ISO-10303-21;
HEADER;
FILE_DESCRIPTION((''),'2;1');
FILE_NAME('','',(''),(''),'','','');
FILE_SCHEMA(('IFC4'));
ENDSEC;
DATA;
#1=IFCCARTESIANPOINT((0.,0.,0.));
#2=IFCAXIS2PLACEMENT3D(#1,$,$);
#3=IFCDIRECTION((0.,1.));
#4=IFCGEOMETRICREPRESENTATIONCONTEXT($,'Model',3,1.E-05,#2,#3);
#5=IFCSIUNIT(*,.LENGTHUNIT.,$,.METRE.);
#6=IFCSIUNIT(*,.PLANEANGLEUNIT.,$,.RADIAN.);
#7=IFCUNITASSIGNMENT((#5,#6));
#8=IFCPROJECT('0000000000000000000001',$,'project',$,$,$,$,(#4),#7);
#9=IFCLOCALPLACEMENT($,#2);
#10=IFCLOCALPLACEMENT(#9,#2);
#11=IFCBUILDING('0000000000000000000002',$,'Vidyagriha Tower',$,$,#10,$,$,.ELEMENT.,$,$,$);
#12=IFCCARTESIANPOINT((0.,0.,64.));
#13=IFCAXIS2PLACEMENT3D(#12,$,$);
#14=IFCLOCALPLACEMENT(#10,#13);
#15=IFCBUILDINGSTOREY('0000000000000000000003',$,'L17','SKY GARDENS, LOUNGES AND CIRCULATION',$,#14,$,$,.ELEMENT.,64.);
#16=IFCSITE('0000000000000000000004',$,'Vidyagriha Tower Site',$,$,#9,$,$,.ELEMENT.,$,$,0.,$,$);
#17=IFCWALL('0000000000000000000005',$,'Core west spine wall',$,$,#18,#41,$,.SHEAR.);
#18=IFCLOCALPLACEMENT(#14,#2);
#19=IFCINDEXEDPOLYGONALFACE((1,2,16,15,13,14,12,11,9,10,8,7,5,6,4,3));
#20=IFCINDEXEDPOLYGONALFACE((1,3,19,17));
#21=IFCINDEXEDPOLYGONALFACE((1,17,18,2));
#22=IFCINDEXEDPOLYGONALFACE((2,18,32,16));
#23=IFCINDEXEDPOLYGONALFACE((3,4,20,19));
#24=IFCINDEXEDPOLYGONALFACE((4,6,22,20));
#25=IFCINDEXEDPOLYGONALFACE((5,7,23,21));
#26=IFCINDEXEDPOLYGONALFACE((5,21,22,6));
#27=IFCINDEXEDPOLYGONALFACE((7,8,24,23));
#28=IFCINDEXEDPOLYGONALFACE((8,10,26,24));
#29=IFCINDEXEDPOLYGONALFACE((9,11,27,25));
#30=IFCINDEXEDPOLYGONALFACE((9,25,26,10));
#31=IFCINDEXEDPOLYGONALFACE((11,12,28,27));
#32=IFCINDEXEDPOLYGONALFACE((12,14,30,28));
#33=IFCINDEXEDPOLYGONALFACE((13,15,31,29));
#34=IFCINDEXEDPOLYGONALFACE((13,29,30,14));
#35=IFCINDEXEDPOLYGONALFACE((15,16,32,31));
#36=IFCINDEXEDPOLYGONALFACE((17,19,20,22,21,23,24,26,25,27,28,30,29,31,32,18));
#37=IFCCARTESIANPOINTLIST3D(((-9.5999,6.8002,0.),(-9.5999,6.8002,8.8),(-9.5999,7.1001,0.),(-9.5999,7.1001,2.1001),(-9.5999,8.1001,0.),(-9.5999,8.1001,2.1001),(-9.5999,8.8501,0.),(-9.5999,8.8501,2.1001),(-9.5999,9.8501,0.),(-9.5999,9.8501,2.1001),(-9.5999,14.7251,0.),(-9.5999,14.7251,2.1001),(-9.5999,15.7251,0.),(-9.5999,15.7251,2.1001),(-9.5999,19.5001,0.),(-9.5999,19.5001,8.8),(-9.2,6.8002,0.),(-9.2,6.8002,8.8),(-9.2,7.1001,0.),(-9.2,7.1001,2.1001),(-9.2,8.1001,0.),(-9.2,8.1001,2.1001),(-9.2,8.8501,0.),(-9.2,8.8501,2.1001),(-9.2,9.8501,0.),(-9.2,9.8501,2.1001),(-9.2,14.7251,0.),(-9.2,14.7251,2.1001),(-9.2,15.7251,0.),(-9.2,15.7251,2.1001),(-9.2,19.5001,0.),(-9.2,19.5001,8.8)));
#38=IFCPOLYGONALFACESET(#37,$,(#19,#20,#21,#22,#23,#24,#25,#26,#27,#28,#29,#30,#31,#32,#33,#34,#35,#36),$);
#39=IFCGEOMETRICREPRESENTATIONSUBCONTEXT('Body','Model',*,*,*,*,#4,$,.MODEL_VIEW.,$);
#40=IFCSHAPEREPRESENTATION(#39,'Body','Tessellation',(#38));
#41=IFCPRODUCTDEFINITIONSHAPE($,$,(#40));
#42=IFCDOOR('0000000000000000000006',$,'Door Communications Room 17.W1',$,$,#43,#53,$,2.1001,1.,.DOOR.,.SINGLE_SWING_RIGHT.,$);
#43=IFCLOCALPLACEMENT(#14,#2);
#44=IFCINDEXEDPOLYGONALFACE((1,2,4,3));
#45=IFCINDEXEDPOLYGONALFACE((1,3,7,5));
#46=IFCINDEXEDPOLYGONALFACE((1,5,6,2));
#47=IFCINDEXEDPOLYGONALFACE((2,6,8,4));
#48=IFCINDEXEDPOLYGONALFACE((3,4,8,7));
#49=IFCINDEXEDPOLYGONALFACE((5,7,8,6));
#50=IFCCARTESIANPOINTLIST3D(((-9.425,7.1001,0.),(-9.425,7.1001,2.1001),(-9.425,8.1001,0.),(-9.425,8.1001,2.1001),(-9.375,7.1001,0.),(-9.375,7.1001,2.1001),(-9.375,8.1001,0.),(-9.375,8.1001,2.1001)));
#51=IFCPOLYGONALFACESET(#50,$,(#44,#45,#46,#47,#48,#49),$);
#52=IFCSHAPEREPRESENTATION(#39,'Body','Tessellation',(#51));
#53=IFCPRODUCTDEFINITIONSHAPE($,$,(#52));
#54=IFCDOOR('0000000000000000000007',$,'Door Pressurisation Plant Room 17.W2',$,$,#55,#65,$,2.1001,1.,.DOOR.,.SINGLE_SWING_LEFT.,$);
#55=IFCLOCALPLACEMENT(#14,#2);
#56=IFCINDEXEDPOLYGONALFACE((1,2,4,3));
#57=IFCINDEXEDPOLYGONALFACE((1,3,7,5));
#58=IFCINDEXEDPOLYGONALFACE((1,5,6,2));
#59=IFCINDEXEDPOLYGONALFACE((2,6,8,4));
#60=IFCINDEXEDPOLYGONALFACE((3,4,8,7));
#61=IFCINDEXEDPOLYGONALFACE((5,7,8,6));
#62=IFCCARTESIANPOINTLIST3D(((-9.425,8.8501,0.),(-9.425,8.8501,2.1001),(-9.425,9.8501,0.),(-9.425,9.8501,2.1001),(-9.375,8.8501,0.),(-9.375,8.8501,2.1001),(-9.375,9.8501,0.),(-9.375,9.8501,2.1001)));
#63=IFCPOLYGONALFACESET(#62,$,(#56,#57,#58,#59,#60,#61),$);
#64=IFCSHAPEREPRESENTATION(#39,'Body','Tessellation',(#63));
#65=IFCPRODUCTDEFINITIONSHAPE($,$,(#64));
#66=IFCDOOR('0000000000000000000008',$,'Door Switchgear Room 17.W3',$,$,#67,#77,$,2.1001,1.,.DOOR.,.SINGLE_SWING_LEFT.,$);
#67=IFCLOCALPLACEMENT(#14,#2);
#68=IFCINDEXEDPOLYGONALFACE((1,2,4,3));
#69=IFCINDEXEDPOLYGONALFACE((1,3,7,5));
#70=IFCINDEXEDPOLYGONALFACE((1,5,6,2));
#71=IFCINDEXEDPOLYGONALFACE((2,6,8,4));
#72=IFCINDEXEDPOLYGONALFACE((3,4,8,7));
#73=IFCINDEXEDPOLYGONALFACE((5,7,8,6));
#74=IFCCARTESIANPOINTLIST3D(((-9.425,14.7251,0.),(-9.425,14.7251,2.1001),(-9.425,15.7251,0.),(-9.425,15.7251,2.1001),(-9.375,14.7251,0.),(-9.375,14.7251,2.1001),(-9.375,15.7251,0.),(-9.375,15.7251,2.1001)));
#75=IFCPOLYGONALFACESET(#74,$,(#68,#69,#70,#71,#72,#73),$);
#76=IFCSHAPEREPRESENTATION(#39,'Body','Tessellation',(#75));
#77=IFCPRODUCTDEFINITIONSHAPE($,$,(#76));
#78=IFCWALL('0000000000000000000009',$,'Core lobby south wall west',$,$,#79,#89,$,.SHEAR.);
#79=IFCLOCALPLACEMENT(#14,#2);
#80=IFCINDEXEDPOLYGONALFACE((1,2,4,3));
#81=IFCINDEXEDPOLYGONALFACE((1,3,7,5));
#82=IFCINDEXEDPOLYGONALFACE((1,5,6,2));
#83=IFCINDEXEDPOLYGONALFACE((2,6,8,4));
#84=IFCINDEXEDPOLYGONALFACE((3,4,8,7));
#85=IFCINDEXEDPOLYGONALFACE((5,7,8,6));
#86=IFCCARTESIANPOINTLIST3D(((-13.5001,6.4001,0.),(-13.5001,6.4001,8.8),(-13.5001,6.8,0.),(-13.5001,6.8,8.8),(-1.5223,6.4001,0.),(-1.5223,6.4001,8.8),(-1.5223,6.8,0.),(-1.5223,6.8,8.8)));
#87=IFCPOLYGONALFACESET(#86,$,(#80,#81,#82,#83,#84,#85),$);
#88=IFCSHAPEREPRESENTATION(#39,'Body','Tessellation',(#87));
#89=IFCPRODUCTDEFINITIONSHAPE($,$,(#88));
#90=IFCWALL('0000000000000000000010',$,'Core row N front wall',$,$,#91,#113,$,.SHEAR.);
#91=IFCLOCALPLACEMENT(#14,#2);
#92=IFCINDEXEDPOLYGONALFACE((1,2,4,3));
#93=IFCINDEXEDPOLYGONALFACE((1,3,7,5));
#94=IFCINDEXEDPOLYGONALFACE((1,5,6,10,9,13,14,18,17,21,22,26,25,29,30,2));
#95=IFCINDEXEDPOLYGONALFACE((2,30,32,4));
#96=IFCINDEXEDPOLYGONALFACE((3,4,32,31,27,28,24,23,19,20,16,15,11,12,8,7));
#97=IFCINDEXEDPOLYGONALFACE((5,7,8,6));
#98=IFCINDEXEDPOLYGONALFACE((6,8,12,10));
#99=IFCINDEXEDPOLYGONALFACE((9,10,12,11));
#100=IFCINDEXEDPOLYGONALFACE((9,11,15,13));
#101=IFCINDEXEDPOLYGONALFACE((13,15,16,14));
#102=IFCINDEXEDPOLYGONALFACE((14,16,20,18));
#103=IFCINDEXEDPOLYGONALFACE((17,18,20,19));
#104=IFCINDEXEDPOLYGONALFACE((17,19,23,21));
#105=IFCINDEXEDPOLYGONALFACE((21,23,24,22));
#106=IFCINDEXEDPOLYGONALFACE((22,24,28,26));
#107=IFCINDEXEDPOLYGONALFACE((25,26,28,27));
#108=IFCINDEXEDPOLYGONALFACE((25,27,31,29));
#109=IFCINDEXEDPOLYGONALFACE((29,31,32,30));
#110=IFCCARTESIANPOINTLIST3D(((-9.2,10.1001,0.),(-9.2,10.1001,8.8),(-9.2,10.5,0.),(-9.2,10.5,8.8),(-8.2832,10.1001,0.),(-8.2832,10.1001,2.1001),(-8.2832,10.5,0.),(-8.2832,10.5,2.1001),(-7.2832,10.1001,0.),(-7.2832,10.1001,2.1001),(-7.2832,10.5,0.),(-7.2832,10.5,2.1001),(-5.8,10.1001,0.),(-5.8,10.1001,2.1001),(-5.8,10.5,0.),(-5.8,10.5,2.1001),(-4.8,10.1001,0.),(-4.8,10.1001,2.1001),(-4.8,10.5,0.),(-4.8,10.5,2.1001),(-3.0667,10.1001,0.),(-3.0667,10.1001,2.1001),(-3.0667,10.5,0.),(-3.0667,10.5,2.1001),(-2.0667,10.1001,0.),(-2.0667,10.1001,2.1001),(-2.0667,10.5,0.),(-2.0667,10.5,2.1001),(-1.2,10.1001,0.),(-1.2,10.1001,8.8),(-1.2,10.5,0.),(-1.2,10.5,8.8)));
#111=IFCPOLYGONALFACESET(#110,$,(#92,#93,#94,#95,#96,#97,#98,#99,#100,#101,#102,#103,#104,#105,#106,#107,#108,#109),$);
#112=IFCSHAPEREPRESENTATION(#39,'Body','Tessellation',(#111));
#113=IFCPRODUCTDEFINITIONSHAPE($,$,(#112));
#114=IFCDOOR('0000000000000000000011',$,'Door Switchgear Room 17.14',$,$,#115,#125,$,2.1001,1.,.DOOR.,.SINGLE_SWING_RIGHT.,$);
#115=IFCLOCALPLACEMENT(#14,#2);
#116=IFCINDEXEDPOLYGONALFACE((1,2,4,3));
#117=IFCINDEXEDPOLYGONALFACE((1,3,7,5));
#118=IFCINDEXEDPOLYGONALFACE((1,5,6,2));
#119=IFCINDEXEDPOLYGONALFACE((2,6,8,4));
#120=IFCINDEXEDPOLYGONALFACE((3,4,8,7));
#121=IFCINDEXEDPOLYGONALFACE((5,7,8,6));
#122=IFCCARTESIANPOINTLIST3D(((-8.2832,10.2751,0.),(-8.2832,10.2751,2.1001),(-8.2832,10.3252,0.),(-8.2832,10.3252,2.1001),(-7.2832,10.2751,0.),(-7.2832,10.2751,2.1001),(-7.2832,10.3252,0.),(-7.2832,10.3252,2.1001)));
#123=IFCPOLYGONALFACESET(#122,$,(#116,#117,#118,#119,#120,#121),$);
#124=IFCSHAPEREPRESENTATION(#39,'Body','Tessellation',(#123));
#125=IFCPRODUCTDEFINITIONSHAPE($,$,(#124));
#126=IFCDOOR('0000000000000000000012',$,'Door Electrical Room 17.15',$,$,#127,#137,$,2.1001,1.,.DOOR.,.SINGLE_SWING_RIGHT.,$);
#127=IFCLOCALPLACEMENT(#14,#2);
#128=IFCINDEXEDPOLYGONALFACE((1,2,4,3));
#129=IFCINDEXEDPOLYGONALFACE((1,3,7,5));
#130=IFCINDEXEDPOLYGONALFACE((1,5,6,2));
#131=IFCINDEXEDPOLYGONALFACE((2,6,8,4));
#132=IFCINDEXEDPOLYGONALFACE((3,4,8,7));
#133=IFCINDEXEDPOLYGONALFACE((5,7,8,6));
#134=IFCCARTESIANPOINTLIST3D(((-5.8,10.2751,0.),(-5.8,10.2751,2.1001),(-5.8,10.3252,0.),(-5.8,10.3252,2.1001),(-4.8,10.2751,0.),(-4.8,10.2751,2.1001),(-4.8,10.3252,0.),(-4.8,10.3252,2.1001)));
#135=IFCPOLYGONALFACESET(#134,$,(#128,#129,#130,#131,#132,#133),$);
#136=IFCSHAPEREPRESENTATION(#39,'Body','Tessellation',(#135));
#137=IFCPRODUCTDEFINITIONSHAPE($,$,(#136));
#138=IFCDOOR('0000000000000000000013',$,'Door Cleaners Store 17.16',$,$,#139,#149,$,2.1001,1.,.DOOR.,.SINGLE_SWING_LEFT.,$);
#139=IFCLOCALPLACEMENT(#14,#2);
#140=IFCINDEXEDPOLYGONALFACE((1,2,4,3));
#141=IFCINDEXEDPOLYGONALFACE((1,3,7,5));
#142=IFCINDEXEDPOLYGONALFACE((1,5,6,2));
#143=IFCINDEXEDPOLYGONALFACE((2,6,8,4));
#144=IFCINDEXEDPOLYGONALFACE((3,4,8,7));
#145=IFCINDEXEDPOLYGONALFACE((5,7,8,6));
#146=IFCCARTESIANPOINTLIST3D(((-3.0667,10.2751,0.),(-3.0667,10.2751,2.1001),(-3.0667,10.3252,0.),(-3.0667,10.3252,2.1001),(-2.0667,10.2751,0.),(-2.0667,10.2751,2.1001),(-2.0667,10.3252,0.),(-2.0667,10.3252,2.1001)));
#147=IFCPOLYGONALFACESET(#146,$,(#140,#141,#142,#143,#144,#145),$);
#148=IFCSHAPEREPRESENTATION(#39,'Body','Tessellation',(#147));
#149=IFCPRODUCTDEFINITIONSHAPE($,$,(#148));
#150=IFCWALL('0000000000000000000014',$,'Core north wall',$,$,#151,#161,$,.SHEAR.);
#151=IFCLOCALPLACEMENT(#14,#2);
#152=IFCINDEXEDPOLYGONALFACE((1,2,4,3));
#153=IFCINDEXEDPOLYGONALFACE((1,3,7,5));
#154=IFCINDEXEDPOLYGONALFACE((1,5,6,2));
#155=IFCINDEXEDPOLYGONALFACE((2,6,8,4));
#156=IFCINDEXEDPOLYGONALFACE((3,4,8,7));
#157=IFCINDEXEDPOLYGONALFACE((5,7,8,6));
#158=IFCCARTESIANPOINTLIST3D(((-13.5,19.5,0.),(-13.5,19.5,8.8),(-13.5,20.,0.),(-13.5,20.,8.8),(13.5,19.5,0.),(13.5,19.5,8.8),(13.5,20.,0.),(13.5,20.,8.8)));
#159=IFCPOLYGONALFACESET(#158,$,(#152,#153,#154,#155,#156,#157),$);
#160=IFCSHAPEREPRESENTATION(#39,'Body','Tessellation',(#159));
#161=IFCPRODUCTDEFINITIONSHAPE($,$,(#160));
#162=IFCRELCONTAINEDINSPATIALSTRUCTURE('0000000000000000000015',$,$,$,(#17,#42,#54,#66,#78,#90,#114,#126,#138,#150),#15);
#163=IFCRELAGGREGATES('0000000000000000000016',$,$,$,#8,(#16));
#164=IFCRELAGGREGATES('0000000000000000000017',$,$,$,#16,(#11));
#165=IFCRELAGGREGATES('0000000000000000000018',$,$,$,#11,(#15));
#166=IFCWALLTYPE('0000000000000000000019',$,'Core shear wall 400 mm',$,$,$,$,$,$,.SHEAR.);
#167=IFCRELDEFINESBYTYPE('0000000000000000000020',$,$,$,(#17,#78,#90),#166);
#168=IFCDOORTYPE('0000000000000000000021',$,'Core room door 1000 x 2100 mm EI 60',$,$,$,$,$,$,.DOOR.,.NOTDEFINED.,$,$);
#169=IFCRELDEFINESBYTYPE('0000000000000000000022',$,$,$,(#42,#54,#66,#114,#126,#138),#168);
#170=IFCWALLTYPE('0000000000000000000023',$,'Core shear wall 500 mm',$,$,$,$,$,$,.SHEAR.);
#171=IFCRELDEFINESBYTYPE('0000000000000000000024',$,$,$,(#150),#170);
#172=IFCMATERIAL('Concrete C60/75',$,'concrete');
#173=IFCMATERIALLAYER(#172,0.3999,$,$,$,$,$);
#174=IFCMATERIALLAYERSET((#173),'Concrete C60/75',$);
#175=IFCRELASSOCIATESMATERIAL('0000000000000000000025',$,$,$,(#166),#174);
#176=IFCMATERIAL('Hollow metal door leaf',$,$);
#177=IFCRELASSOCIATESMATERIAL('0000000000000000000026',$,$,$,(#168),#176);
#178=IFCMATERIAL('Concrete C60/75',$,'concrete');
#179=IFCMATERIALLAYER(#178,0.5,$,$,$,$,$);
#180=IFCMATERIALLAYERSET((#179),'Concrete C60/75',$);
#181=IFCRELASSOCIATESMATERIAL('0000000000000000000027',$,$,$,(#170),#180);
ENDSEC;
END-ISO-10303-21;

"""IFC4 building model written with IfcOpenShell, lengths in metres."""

from ifc_helpers import new_model, si_unit, direction, frame, frame_2d, origin, place, context, subcontext, project, spatial, rectangle, extrude, material, layer, layer_set, type_object, element, fill, save


model = new_model("IFC4")

# Units and contexts
model_context = context("Model", 3, precision=1e-05, world=origin(), true_north=direction((0.0, 1.0)))
body_context = subcontext(model_context, "Body", "Model", "MODEL_VIEW")
ifc_project = project(units=[si_unit("LENGTHUNIT", "METRE"), si_unit("PLANEANGLEUNIT", "RADIAN")], contexts=[model_context])

# Site, building, storey
site_placement = place(None, origin())
site = spatial("IfcSite", under=ifc_project, at=site_placement, Name="Vidyagriha Tower Site", CompositionType="ELEMENT", RefElevation=0.0)
building_placement = place(site_placement, origin())
building = spatial("IfcBuilding", under=site, at=building_placement, Name="Vidyagriha Tower", CompositionType="ELEMENT")
storey_placement = place(building_placement, frame((0.0, 0.0, 64.0)))
storey = spatial("IfcBuildingStorey", under=building, at=storey_placement, Name="L17", Description="SKY GARDENS, LOUNGES AND CIRCULATION", CompositionType="ELEMENT", Elevation=64.0)

# Wall, openings, doors
ifc_material_1 = material(Name="Concrete C60/75", Category="concrete")
ifc_layer_1 = layer(ifc_material_1, 0.3999)
ifc_layer_set_1 = layer_set([ifc_layer_1], Name="Concrete C60/75")
wall_type_1 = type_object("IfcWallType", Name="Core shear wall 400 mm", PredefinedType="SHEAR", material=ifc_layer_set_1)
wall_1_placement = place(storey_placement, frame((-9.3999, 6.8, 0.0), z_axis=(0.0, 0.0, 1.0), x_axis=(0.0, 1.0, 0.0)))
wall_1 = element("IfcWall", 1, at=wall_1_placement, inside=storey, type_object=wall_type_1, Name="Core west spine wall", PredefinedType="SHEAR", context=body_context, shape_type="SweptSolid", body=[
    extrude(rectangle(XDim=12.7, YDim=0.3999, at=frame_2d((6.3501, 0.0))), origin(), (0.0, 0.0, 1.0), 8.8),
])
opening_1_placement = place(wall_1_placement, frame((0.3, 0.0, 0.0)))
opening_1 = element("IfcOpeningElement", 2, at=opening_1_placement, cuts=wall_1, PredefinedType="OPENING", context=body_context, shape_type="SweptSolid", body=[
    extrude(rectangle(XDim=1.0, YDim=2.1001, at=frame_2d((0.5, 1.05))), frame((0.0, 0.21, 0.0), z_axis=(0.0, -1.0, 0.0), x_axis=(1.0, 0.0, 0.0)), (0.0, 0.0, 1.0), 0.4199),
])
opening_2_placement = place(wall_1_placement, frame((2.05, 0.0, 0.0)))
opening_2 = element("IfcOpeningElement", 3, at=opening_2_placement, cuts=wall_1, PredefinedType="OPENING", context=body_context, shape_type="SweptSolid", body=[
    extrude(rectangle(XDim=1.0, YDim=2.1001, at=frame_2d((0.5, 1.05))), frame((0.0, 0.21, 0.0), z_axis=(0.0, -1.0, 0.0), x_axis=(1.0, 0.0, 0.0)), (0.0, 0.0, 1.0), 0.4199),
])
opening_3_placement = place(wall_1_placement, frame((7.925, 0.0, 0.0)))
opening_3 = element("IfcOpeningElement", 4, at=opening_3_placement, cuts=wall_1, PredefinedType="OPENING", context=body_context, shape_type="SweptSolid", body=[
    extrude(rectangle(XDim=1.0, YDim=2.1001, at=frame_2d((0.5, 1.05))), frame((0.0, 0.21, 0.0), z_axis=(0.0, -1.0, 0.0), x_axis=(1.0, 0.0, 0.0)), (0.0, 0.0, 1.0), 0.4199),
])
ifc_material_2 = material(Name="Hollow metal door leaf")
door_type = type_object("IfcDoorType", Name="Core room door 1000 x 2100 mm EI 60", OperationType="NOTDEFINED", PredefinedType="DOOR", material=ifc_material_2)
door_1_placement = place(opening_1_placement, frame((1.0, 0.0, 0.0), z_axis=(0.0, 0.0, 1.0), x_axis=(-1.0, 0.0, 0.0)))
door_1 = element("IfcDoor", 5, at=door_1_placement, inside=storey, type_object=door_type, Name="Door Communications Room 17.W1", OperationType="SINGLE_SWING_RIGHT", OverallHeight=2.1001, OverallWidth=1.0, PredefinedType="DOOR", context=body_context, shape_type="SweptSolid", body=[
    extrude(rectangle(XDim=1.0, YDim=2.1001, at=frame_2d((0.5, 1.05))), frame((0.0, 0.0249, 0.0), z_axis=(0.0, -1.0, 0.0), x_axis=(1.0, 0.0, 0.0)), (0.0, 0.0, 1.0), 0.05),
])
fill(opening_1, door_1)
door_2_placement = place(opening_2_placement, frame((1.0, 0.0, 0.0), z_axis=(0.0, 0.0, 1.0), x_axis=(-1.0, 0.0, 0.0)))
door_2 = element("IfcDoor", 6, at=door_2_placement, inside=storey, type_object=door_type, Name="Door Pressurisation Plant Room 17.W2", OperationType="SINGLE_SWING_LEFT", OverallHeight=2.1001, OverallWidth=1.0, PredefinedType="DOOR", context=body_context, shape_type="SweptSolid", body=[
    extrude(rectangle(XDim=1.0, YDim=2.1001, at=frame_2d((0.5, 1.05))), frame((0.0, 0.0249, 0.0), z_axis=(0.0, -1.0, 0.0), x_axis=(1.0, 0.0, 0.0)), (0.0, 0.0, 1.0), 0.05),
])
fill(opening_2, door_2)
door_3_placement = place(opening_3_placement, frame((1.0, 0.0, 0.0), z_axis=(0.0, 0.0, 1.0), x_axis=(-1.0, 0.0, 0.0)))
door_3 = element("IfcDoor", 7, at=door_3_placement, inside=storey, type_object=door_type, Name="Door Switchgear Room 17.W3", OperationType="SINGLE_SWING_LEFT", OverallHeight=2.1001, OverallWidth=1.0, PredefinedType="DOOR", context=body_context, shape_type="SweptSolid", body=[
    extrude(rectangle(XDim=1.0, YDim=2.1001, at=frame_2d((0.5, 1.05))), frame((0.0, 0.0249, 0.0), z_axis=(0.0, -1.0, 0.0), x_axis=(1.0, 0.0, 0.0)), (0.0, 0.0, 1.0), 0.05),
])
fill(opening_3, door_3)

# Wall
wall_2_placement = place(storey_placement, frame((-13.5, 6.6001, 0.0)))
element("IfcWall", 8, at=wall_2_placement, inside=storey, type_object=wall_type_1, Name="Core lobby south wall west", PredefinedType="SHEAR", context=body_context, shape_type="SweptSolid", body=[
    extrude(rectangle(XDim=11.9778, YDim=0.3999, at=frame_2d((5.9888, 0.0))), origin(), (0.0, 0.0, 1.0), 8.8),
])

# Wall, openings, doors
wall_3_placement = place(storey_placement, frame((-9.2, 10.3, 0.0)))
wall_3 = element("IfcWall", 9, at=wall_3_placement, inside=storey, type_object=wall_type_1, Name="Core row N front wall", PredefinedType="SHEAR", context=body_context, shape_type="SweptSolid", body=[
    extrude(rectangle(XDim=8.0, YDim=0.3999, at=frame_2d((4.0, 0.0))), origin(), (0.0, 0.0, 1.0), 8.8),
])
opening_4_placement = place(wall_3_placement, frame((0.9167, 0.0, 0.0)))
opening_4 = element("IfcOpeningElement", 10, at=opening_4_placement, cuts=wall_3, PredefinedType="OPENING", context=body_context, shape_type="SweptSolid", body=[
    extrude(rectangle(XDim=1.0, YDim=2.1001, at=frame_2d((0.5, 1.05))), frame((0.0, 0.21, 0.0), z_axis=(0.0, -1.0, 0.0), x_axis=(1.0, 0.0, 0.0)), (0.0, 0.0, 1.0), 0.4199),
])
opening_5_placement = place(wall_3_placement, frame((3.3999, 0.0, 0.0)))
opening_5 = element("IfcOpeningElement", 11, at=opening_5_placement, cuts=wall_3, PredefinedType="OPENING", context=body_context, shape_type="SweptSolid", body=[
    extrude(rectangle(XDim=1.0, YDim=2.1001, at=frame_2d((0.5, 1.05))), frame((0.0, 0.21, 0.0), z_axis=(0.0, -1.0, 0.0), x_axis=(1.0, 0.0, 0.0)), (0.0, 0.0, 1.0), 0.4199),
])
opening_6_placement = place(wall_3_placement, frame((6.1333, 0.0, 0.0)))
opening_6 = element("IfcOpeningElement", 12, at=opening_6_placement, cuts=wall_3, PredefinedType="OPENING", context=body_context, shape_type="SweptSolid", body=[
    extrude(rectangle(XDim=1.0, YDim=2.1001, at=frame_2d((0.5, 1.05))), frame((0.0, 0.21, 0.0), z_axis=(0.0, -1.0, 0.0), x_axis=(1.0, 0.0, 0.0)), (0.0, 0.0, 1.0), 0.4199),
])
door_4_placement = place(opening_4_placement, frame((1.0, 0.0, 0.0), z_axis=(0.0, 0.0, 1.0), x_axis=(-1.0, 0.0, 0.0)))
door_4 = element("IfcDoor", 13, at=door_4_placement, inside=storey, type_object=door_type, Name="Door Switchgear Room 17.14", OperationType="SINGLE_SWING_RIGHT", OverallHeight=2.1001, OverallWidth=1.0, PredefinedType="DOOR", context=body_context, shape_type="SweptSolid", body=[
    extrude(rectangle(XDim=1.0, YDim=2.1001, at=frame_2d((0.5, 1.05))), frame((0.0, 0.0249, 0.0), z_axis=(0.0, -1.0, 0.0), x_axis=(1.0, 0.0, 0.0)), (0.0, 0.0, 1.0), 0.05),
])
fill(opening_4, door_4)
door_5_placement = place(opening_5_placement, frame((1.0, 0.0, 0.0), z_axis=(0.0, 0.0, 1.0), x_axis=(-1.0, 0.0, 0.0)))
door_5 = element("IfcDoor", 14, at=door_5_placement, inside=storey, type_object=door_type, Name="Door Electrical Room 17.15", OperationType="SINGLE_SWING_RIGHT", OverallHeight=2.1001, OverallWidth=1.0, PredefinedType="DOOR", context=body_context, shape_type="SweptSolid", body=[
    extrude(rectangle(XDim=1.0, YDim=2.1001, at=frame_2d((0.5, 1.05))), frame((0.0, 0.0249, 0.0), z_axis=(0.0, -1.0, 0.0), x_axis=(1.0, 0.0, 0.0)), (0.0, 0.0, 1.0), 0.05),
])
fill(opening_5, door_5)
door_6_placement = place(opening_6_placement, frame((1.0, 0.0, 0.0), z_axis=(0.0, 0.0, 1.0), x_axis=(-1.0, 0.0, 0.0)))
door_6 = element("IfcDoor", 15, at=door_6_placement, inside=storey, type_object=door_type, Name="Door Cleaners Store 17.16", OperationType="SINGLE_SWING_LEFT", OverallHeight=2.1001, OverallWidth=1.0, PredefinedType="DOOR", context=body_context, shape_type="SweptSolid", body=[
    extrude(rectangle(XDim=1.0, YDim=2.1001, at=frame_2d((0.5, 1.05))), frame((0.0, 0.0249, 0.0), z_axis=(0.0, -1.0, 0.0), x_axis=(1.0, 0.0, 0.0)), (0.0, 0.0, 1.0), 0.05),
])
fill(opening_6, door_6)

# Wall
ifc_material_3 = material(Name="Concrete C60/75", Category="concrete")
ifc_layer_2 = layer(ifc_material_3, 0.5)
ifc_layer_set_2 = layer_set([ifc_layer_2], Name="Concrete C60/75")
wall_type_2 = type_object("IfcWallType", Name="Core shear wall 500 mm", PredefinedType="SHEAR", material=ifc_layer_set_2)
wall_4_placement = place(storey_placement, frame((-13.5, 19.75, 0.0)))
element("IfcWall", 16, at=wall_4_placement, inside=storey, type_object=wall_type_2, Name="Core north wall", PredefinedType="SHEAR", context=body_context, shape_type="SweptSolid", body=[
    extrude(rectangle(XDim=27.0, YDim=0.5, at=frame_2d((13.5, 0.0))), origin(), (0.0, 0.0, 1.0), 8.8),
])

save(model, "model.ifc")
